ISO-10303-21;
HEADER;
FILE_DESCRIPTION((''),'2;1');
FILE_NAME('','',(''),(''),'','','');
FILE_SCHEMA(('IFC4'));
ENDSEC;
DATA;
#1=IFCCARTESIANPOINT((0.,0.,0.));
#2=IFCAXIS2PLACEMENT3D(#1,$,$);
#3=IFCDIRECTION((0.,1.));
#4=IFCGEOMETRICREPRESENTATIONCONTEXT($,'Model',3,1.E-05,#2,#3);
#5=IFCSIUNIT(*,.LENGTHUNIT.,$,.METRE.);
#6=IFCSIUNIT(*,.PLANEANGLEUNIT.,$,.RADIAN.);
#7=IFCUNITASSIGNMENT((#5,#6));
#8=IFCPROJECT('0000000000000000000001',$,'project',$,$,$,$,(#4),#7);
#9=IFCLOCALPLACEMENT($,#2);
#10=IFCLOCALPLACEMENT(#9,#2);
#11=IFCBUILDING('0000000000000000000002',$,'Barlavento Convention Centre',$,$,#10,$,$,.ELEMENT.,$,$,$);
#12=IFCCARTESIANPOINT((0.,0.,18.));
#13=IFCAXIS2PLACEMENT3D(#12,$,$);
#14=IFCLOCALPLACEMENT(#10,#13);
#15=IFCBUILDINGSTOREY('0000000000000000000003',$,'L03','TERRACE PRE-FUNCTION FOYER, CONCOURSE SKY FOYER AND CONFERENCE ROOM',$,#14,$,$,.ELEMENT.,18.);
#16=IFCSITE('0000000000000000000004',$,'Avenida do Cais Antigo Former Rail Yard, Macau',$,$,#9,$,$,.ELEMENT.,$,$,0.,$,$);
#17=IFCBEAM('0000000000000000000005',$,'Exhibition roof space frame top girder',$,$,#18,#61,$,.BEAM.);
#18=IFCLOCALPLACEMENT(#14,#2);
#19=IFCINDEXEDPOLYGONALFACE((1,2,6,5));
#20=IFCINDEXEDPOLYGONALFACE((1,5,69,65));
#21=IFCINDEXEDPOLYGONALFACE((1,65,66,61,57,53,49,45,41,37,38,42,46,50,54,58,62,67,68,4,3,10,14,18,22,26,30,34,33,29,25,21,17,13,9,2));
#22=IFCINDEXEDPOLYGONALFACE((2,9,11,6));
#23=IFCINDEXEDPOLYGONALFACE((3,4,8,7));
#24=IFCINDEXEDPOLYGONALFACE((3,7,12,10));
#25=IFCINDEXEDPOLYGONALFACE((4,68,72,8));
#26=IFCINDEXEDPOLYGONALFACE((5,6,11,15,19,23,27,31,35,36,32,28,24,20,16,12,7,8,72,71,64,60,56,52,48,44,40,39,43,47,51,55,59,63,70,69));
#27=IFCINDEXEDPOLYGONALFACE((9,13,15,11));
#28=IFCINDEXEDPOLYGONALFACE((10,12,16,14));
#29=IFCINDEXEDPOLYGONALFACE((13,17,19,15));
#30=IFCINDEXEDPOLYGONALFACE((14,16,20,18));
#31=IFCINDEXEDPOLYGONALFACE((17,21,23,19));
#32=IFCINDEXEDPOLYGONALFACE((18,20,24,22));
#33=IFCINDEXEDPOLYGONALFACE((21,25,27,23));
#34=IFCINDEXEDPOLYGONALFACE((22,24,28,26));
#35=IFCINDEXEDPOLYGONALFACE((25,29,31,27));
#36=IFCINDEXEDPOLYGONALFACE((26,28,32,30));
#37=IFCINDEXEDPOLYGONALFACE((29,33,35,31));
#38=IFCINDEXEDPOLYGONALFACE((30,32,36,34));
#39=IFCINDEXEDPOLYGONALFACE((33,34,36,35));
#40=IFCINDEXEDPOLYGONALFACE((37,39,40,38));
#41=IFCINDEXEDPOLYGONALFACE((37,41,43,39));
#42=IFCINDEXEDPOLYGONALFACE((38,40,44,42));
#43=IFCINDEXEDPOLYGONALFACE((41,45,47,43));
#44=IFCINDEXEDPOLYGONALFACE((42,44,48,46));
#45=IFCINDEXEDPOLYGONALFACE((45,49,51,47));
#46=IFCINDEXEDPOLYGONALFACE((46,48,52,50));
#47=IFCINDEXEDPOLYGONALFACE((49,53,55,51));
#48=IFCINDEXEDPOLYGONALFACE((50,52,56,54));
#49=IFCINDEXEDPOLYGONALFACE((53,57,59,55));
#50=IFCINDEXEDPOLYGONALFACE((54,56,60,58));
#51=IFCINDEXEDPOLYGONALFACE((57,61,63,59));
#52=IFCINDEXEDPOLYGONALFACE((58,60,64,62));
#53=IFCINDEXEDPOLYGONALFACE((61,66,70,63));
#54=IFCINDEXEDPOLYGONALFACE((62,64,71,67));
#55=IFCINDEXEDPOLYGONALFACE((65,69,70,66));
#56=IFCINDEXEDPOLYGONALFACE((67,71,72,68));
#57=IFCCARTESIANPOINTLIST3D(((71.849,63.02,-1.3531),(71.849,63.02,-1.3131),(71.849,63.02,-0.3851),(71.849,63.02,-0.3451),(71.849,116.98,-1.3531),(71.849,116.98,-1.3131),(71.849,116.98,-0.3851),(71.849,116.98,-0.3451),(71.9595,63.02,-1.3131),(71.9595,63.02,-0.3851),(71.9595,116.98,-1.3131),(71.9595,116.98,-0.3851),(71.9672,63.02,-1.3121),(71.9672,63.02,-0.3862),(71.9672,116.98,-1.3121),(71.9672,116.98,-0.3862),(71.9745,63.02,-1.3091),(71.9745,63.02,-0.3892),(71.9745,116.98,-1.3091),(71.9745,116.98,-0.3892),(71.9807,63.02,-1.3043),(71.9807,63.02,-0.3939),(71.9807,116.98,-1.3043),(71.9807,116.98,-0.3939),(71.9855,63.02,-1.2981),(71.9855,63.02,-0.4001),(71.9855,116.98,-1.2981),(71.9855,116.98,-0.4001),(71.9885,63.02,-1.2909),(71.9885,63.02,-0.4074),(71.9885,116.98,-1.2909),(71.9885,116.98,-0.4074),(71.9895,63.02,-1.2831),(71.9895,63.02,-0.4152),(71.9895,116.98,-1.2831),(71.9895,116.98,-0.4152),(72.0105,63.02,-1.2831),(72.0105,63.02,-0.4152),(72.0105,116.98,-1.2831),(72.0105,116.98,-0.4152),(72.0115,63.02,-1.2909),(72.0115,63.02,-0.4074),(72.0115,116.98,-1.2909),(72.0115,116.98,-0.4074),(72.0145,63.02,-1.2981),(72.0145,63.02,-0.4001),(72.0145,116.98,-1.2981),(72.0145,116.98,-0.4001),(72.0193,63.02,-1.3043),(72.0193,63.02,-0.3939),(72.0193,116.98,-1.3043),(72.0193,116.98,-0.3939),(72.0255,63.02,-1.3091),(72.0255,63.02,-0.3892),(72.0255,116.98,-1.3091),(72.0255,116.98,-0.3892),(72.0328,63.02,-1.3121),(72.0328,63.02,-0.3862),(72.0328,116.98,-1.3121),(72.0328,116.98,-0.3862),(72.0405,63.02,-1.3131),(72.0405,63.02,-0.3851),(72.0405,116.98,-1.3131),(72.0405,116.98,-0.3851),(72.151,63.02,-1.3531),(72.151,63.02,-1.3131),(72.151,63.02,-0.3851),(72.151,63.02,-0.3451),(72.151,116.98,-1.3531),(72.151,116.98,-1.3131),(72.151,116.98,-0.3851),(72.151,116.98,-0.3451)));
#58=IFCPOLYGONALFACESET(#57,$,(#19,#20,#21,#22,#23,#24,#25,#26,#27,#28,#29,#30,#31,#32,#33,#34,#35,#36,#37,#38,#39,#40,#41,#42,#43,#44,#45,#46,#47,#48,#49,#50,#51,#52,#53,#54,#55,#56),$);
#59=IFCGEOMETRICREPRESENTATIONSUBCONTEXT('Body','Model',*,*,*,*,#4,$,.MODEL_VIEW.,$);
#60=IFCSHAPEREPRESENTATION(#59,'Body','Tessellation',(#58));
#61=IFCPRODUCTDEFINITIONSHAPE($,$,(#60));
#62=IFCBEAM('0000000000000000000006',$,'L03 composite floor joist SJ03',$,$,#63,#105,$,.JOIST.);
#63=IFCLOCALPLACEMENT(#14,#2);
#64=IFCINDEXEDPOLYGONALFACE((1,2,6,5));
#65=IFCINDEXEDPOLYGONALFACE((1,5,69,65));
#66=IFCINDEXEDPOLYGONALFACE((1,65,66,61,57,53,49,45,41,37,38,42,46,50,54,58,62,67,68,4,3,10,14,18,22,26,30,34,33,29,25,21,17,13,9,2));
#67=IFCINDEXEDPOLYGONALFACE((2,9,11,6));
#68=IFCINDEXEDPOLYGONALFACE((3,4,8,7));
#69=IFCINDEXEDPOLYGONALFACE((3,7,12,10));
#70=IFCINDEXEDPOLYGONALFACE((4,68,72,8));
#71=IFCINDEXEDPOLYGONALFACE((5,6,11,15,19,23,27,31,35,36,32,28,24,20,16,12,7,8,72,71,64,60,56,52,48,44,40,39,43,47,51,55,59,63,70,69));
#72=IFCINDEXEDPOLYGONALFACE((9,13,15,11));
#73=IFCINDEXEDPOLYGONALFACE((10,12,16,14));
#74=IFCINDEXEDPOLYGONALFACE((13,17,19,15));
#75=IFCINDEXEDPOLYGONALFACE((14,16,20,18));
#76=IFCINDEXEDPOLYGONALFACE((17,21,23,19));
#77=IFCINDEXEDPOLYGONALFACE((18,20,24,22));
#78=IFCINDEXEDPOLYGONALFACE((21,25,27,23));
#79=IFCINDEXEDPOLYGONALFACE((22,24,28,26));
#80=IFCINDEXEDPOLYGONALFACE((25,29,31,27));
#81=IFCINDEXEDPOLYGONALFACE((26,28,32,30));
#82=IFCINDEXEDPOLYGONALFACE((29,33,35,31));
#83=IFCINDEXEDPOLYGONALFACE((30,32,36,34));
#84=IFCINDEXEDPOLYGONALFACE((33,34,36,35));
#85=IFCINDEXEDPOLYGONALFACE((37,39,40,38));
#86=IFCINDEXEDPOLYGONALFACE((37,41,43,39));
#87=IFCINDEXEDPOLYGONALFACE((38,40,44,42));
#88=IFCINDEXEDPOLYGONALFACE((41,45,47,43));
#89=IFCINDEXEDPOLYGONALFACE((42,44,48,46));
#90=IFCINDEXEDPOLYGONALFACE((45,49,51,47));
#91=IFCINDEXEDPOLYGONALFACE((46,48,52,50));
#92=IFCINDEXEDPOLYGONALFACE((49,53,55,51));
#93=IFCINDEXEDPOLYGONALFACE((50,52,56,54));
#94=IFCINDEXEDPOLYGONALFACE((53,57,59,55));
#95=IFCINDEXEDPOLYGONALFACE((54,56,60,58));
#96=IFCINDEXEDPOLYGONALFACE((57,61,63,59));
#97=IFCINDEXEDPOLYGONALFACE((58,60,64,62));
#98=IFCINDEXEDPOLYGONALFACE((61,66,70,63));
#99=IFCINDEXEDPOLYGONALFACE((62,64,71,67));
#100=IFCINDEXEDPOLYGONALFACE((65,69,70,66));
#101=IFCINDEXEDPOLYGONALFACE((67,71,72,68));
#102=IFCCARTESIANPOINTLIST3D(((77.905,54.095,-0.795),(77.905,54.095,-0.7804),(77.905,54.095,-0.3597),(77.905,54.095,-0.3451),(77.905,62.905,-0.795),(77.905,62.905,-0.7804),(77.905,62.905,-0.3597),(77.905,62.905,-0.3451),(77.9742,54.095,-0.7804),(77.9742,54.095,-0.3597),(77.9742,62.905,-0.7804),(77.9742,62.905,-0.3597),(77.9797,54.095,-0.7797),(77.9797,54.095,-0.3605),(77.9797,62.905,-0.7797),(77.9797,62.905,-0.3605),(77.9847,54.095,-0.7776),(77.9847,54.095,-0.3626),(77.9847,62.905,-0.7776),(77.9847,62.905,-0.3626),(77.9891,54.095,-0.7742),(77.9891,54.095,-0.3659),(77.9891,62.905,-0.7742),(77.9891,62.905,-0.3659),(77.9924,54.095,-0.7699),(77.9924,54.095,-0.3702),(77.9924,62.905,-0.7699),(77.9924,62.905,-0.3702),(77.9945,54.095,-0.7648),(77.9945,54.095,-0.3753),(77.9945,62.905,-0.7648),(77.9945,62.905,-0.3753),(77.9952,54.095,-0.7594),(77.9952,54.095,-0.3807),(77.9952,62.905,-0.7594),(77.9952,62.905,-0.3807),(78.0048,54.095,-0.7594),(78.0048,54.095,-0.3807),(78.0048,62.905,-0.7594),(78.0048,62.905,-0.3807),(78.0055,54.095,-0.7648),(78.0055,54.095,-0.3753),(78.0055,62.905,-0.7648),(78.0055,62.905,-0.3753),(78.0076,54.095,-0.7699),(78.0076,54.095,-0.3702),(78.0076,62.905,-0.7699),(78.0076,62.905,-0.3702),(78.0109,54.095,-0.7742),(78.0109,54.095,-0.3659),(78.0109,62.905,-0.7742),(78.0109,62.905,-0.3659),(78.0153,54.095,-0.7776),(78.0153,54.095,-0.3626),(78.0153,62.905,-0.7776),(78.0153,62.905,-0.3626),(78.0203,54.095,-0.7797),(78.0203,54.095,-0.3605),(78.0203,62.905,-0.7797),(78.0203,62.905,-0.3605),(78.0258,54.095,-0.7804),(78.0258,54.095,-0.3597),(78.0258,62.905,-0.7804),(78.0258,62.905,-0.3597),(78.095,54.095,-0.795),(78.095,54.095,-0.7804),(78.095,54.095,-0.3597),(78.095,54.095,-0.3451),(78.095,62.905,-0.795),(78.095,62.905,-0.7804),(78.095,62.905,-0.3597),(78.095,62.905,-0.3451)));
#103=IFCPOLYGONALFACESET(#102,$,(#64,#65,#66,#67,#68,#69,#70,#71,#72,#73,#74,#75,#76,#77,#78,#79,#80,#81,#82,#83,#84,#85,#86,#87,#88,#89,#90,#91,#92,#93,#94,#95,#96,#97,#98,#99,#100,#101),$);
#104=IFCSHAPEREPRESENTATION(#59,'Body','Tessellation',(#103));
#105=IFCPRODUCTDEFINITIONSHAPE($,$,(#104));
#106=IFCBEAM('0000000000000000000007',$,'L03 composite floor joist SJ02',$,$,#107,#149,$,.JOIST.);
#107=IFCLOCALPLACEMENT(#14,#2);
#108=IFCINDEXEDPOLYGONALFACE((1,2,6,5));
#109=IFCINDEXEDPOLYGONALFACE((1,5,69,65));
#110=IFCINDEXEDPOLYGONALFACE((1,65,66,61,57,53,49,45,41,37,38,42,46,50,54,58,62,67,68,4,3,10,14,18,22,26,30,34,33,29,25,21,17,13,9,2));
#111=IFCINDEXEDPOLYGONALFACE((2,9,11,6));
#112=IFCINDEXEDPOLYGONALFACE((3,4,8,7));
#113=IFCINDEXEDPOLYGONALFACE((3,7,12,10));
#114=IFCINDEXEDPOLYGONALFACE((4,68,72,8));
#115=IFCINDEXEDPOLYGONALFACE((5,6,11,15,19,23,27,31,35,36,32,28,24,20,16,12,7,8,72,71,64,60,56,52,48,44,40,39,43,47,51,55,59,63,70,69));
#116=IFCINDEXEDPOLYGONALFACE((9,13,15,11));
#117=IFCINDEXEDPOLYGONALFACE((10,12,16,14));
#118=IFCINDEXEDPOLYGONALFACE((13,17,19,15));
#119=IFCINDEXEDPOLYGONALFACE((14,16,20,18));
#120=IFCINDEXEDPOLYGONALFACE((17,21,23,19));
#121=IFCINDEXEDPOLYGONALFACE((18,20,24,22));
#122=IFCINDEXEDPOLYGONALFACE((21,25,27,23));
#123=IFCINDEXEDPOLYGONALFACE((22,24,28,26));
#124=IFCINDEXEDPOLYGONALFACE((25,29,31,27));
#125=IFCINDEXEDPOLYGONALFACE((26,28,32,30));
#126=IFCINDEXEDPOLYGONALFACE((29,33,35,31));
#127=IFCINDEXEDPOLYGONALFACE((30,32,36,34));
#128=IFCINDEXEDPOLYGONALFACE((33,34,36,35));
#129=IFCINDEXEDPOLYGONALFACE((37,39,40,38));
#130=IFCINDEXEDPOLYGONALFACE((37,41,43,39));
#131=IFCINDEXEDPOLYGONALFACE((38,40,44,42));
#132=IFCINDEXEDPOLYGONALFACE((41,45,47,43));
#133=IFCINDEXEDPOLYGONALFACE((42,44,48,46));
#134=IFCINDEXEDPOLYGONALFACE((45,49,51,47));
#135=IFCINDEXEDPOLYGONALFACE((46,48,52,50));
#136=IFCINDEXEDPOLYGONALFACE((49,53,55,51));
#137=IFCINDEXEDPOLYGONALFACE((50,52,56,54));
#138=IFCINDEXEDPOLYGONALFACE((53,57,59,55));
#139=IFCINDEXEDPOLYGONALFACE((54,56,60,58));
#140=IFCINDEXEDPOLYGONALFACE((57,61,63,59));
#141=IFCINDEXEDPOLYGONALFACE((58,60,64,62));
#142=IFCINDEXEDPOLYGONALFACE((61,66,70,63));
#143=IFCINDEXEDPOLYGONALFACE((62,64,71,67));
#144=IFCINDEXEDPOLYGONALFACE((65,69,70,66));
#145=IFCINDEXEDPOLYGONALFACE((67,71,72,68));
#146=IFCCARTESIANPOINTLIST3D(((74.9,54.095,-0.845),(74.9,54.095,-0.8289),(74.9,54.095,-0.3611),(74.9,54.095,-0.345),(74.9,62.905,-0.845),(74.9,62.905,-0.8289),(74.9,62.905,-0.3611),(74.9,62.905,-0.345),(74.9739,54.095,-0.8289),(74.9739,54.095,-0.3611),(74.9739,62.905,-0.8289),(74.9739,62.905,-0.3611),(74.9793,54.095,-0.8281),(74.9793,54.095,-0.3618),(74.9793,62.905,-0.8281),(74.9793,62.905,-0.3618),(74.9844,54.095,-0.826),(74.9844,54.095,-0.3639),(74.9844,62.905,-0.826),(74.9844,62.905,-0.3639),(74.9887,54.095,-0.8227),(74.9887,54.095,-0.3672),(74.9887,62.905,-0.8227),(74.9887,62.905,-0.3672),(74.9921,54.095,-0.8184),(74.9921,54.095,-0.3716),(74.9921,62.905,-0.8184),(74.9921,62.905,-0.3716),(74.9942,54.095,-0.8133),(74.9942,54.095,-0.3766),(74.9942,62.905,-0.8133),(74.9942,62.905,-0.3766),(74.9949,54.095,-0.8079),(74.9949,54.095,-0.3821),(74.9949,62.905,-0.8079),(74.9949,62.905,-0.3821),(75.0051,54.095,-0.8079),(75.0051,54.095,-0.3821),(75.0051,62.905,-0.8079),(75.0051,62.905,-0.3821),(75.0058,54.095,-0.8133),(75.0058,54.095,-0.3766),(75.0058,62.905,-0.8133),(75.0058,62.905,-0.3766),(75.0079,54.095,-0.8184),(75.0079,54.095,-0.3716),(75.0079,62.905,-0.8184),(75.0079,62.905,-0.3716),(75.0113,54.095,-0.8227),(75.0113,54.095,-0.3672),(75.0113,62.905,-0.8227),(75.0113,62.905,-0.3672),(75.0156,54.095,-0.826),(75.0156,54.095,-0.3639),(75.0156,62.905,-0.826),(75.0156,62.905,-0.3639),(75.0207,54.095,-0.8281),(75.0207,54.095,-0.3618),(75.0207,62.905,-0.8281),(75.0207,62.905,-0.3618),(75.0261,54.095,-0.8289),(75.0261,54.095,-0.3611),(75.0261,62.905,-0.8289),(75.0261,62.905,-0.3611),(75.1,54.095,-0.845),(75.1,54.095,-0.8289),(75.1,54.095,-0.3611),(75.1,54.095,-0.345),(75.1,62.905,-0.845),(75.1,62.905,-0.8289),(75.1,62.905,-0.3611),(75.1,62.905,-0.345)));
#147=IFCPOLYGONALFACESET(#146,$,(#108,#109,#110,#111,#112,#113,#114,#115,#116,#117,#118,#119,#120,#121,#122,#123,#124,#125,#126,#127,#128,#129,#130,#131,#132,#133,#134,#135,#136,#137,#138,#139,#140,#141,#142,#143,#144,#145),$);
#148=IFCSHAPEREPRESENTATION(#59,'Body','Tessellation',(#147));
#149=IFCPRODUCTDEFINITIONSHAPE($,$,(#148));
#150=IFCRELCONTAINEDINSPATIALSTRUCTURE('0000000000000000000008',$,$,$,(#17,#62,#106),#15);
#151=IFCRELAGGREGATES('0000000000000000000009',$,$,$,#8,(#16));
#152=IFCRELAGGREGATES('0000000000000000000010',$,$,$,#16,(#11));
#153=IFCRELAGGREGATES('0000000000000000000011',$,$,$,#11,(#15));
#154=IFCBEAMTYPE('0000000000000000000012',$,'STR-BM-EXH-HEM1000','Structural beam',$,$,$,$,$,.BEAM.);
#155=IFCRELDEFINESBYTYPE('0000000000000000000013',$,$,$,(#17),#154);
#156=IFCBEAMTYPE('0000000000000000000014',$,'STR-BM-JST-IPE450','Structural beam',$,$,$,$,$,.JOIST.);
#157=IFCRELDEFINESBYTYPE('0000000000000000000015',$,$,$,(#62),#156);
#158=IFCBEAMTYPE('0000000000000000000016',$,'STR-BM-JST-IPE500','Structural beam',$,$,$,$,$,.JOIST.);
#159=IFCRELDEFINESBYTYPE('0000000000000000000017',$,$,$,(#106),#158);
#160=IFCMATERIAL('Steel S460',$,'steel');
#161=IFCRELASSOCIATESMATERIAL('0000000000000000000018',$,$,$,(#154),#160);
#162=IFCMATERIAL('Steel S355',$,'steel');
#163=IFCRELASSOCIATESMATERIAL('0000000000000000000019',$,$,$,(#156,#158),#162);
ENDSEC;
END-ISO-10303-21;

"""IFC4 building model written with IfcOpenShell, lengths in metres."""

from ifc_helpers import new_model, si_unit, direction, frame, origin, origin_2d, place, context, subcontext, project, spatial, i_section, extrude, material, material_profile, profile_set, type_object, element, save


model = new_model("IFC4")

# Units and contexts
model_context = context("Model", 3, precision=1e-05, world=origin(), true_north=direction((0.0, 1.0)))
body_context = subcontext(model_context, "Body", "Model", "MODEL_VIEW")
ifc_project = project(units=[si_unit("LENGTHUNIT", "METRE"), si_unit("PLANEANGLEUNIT", "RADIAN")], contexts=[model_context])

# Site, building, storey
site_placement = place(None, origin())
site = spatial("IfcSite", under=ifc_project, at=site_placement, Name="Avenida do Cais Antigo Former Rail Yard, Macau", CompositionType="ELEMENT", RefElevation=0.0)
building_placement = place(site_placement, origin())
building = spatial("IfcBuilding", under=site, at=building_placement, Name="Barlavento Convention Centre", CompositionType="ELEMENT")
storey_placement = place(building_placement, frame((0.0, 0.0, 18.0)))
storey = spatial("IfcBuildingStorey", under=building, at=storey_placement, Name="L03", Description="TERRACE PRE-FUNCTION FOYER, CONCOURSE SKY FOYER AND CONFERENCE ROOM", CompositionType="ELEMENT", Elevation=18.0)

# Shared definitions
ifc_material_1 = material(Name="Steel S355", Category="steel")

# Beams
ifc_material_2 = material(Name="Steel S460", Category="steel")
ifc_material_profile_1 = material_profile(ifc_material_2, i_section(OverallWidth=0.302, OverallDepth=1.0081, WebThickness=0.021, FlangeThickness=0.04, FilletRadius=0.03, at=origin_2d()), Name="HEM 1000")
ifc_profile_set_1 = profile_set([ifc_material_profile_1], Name="Steel S460")
beam_type_1 = type_object("IfcBeamType", Name="STR-BM-EXH-HEM1000", Description="Structural beam", PredefinedType="BEAM", material=ifc_profile_set_1)
beam_1_placement = place(storey_placement, frame((72.0, 63.02, -0.8491), z_axis=(0.0, 1.0, 0.0), x_axis=(-1.0, 0.0, 0.0)))
element("IfcBeam", 1, at=beam_1_placement, inside=storey, type_object=beam_type_1, Name="Exhibition roof space frame top girder", PredefinedType="BEAM", context=body_context, shape_type="SweptSolid", body=[
    extrude(i_section(OverallWidth=0.302, OverallDepth=1.0081, WebThickness=0.021, FlangeThickness=0.04, FilletRadius=0.03, at=origin_2d()), origin(), (0.0, 0.0, 1.0), 53.96),
])
ifc_material_profile_2 = material_profile(ifc_material_1, i_section(OverallWidth=0.1899, OverallDepth=0.45, WebThickness=0.0095, FlangeThickness=0.0146, FilletRadius=0.021, at=origin_2d()), Name="IPE 450")
ifc_profile_set_2 = profile_set([ifc_material_profile_2], Name="Steel S355")
beam_type_2 = type_object("IfcBeamType", Name="STR-BM-JST-IPE450", Description="Structural beam", PredefinedType="JOIST", material=ifc_profile_set_2)
beam_2_placement = place(storey_placement, frame((78.0, 54.095, -0.5701), z_axis=(0.0, 1.0, 0.0), x_axis=(-1.0, 0.0, 0.0)))
element("IfcBeam", 2, at=beam_2_placement, inside=storey, type_object=beam_type_2, Name="L03 composite floor joist SJ03", PredefinedType="JOIST", context=body_context, shape_type="SweptSolid", body=[
    extrude(i_section(OverallWidth=0.1899, OverallDepth=0.45, WebThickness=0.0095, FlangeThickness=0.0146, FilletRadius=0.021, at=origin_2d()), origin(), (0.0, 0.0, 1.0), 8.8101),
])
ifc_material_profile_3 = material_profile(ifc_material_1, i_section(OverallWidth=0.2, OverallDepth=0.5, WebThickness=0.0103, FlangeThickness=0.0161, FilletRadius=0.021, at=origin_2d()), Name="IPE 500")
ifc_profile_set_3 = profile_set([ifc_material_profile_3], Name="Steel S355")
beam_type_3 = type_object("IfcBeamType", Name="STR-BM-JST-IPE500", Description="Structural beam", PredefinedType="JOIST", material=ifc_profile_set_3)
beam_3_placement = place(storey_placement, frame((75.0, 54.095, -0.595), z_axis=(0.0, 1.0, 0.0), x_axis=(-1.0, 0.0, 0.0)))
element("IfcBeam", 3, at=beam_3_placement, inside=storey, type_object=beam_type_3, Name="L03 composite floor joist SJ02", PredefinedType="JOIST", context=body_context, shape_type="SweptSolid", body=[
    extrude(i_section(OverallWidth=0.2, OverallDepth=0.5, WebThickness=0.0103, FlangeThickness=0.0161, FilletRadius=0.021, at=origin_2d()), origin(), (0.0, 0.0, 1.0), 8.8101),
])

save(model, "model.ifc")
